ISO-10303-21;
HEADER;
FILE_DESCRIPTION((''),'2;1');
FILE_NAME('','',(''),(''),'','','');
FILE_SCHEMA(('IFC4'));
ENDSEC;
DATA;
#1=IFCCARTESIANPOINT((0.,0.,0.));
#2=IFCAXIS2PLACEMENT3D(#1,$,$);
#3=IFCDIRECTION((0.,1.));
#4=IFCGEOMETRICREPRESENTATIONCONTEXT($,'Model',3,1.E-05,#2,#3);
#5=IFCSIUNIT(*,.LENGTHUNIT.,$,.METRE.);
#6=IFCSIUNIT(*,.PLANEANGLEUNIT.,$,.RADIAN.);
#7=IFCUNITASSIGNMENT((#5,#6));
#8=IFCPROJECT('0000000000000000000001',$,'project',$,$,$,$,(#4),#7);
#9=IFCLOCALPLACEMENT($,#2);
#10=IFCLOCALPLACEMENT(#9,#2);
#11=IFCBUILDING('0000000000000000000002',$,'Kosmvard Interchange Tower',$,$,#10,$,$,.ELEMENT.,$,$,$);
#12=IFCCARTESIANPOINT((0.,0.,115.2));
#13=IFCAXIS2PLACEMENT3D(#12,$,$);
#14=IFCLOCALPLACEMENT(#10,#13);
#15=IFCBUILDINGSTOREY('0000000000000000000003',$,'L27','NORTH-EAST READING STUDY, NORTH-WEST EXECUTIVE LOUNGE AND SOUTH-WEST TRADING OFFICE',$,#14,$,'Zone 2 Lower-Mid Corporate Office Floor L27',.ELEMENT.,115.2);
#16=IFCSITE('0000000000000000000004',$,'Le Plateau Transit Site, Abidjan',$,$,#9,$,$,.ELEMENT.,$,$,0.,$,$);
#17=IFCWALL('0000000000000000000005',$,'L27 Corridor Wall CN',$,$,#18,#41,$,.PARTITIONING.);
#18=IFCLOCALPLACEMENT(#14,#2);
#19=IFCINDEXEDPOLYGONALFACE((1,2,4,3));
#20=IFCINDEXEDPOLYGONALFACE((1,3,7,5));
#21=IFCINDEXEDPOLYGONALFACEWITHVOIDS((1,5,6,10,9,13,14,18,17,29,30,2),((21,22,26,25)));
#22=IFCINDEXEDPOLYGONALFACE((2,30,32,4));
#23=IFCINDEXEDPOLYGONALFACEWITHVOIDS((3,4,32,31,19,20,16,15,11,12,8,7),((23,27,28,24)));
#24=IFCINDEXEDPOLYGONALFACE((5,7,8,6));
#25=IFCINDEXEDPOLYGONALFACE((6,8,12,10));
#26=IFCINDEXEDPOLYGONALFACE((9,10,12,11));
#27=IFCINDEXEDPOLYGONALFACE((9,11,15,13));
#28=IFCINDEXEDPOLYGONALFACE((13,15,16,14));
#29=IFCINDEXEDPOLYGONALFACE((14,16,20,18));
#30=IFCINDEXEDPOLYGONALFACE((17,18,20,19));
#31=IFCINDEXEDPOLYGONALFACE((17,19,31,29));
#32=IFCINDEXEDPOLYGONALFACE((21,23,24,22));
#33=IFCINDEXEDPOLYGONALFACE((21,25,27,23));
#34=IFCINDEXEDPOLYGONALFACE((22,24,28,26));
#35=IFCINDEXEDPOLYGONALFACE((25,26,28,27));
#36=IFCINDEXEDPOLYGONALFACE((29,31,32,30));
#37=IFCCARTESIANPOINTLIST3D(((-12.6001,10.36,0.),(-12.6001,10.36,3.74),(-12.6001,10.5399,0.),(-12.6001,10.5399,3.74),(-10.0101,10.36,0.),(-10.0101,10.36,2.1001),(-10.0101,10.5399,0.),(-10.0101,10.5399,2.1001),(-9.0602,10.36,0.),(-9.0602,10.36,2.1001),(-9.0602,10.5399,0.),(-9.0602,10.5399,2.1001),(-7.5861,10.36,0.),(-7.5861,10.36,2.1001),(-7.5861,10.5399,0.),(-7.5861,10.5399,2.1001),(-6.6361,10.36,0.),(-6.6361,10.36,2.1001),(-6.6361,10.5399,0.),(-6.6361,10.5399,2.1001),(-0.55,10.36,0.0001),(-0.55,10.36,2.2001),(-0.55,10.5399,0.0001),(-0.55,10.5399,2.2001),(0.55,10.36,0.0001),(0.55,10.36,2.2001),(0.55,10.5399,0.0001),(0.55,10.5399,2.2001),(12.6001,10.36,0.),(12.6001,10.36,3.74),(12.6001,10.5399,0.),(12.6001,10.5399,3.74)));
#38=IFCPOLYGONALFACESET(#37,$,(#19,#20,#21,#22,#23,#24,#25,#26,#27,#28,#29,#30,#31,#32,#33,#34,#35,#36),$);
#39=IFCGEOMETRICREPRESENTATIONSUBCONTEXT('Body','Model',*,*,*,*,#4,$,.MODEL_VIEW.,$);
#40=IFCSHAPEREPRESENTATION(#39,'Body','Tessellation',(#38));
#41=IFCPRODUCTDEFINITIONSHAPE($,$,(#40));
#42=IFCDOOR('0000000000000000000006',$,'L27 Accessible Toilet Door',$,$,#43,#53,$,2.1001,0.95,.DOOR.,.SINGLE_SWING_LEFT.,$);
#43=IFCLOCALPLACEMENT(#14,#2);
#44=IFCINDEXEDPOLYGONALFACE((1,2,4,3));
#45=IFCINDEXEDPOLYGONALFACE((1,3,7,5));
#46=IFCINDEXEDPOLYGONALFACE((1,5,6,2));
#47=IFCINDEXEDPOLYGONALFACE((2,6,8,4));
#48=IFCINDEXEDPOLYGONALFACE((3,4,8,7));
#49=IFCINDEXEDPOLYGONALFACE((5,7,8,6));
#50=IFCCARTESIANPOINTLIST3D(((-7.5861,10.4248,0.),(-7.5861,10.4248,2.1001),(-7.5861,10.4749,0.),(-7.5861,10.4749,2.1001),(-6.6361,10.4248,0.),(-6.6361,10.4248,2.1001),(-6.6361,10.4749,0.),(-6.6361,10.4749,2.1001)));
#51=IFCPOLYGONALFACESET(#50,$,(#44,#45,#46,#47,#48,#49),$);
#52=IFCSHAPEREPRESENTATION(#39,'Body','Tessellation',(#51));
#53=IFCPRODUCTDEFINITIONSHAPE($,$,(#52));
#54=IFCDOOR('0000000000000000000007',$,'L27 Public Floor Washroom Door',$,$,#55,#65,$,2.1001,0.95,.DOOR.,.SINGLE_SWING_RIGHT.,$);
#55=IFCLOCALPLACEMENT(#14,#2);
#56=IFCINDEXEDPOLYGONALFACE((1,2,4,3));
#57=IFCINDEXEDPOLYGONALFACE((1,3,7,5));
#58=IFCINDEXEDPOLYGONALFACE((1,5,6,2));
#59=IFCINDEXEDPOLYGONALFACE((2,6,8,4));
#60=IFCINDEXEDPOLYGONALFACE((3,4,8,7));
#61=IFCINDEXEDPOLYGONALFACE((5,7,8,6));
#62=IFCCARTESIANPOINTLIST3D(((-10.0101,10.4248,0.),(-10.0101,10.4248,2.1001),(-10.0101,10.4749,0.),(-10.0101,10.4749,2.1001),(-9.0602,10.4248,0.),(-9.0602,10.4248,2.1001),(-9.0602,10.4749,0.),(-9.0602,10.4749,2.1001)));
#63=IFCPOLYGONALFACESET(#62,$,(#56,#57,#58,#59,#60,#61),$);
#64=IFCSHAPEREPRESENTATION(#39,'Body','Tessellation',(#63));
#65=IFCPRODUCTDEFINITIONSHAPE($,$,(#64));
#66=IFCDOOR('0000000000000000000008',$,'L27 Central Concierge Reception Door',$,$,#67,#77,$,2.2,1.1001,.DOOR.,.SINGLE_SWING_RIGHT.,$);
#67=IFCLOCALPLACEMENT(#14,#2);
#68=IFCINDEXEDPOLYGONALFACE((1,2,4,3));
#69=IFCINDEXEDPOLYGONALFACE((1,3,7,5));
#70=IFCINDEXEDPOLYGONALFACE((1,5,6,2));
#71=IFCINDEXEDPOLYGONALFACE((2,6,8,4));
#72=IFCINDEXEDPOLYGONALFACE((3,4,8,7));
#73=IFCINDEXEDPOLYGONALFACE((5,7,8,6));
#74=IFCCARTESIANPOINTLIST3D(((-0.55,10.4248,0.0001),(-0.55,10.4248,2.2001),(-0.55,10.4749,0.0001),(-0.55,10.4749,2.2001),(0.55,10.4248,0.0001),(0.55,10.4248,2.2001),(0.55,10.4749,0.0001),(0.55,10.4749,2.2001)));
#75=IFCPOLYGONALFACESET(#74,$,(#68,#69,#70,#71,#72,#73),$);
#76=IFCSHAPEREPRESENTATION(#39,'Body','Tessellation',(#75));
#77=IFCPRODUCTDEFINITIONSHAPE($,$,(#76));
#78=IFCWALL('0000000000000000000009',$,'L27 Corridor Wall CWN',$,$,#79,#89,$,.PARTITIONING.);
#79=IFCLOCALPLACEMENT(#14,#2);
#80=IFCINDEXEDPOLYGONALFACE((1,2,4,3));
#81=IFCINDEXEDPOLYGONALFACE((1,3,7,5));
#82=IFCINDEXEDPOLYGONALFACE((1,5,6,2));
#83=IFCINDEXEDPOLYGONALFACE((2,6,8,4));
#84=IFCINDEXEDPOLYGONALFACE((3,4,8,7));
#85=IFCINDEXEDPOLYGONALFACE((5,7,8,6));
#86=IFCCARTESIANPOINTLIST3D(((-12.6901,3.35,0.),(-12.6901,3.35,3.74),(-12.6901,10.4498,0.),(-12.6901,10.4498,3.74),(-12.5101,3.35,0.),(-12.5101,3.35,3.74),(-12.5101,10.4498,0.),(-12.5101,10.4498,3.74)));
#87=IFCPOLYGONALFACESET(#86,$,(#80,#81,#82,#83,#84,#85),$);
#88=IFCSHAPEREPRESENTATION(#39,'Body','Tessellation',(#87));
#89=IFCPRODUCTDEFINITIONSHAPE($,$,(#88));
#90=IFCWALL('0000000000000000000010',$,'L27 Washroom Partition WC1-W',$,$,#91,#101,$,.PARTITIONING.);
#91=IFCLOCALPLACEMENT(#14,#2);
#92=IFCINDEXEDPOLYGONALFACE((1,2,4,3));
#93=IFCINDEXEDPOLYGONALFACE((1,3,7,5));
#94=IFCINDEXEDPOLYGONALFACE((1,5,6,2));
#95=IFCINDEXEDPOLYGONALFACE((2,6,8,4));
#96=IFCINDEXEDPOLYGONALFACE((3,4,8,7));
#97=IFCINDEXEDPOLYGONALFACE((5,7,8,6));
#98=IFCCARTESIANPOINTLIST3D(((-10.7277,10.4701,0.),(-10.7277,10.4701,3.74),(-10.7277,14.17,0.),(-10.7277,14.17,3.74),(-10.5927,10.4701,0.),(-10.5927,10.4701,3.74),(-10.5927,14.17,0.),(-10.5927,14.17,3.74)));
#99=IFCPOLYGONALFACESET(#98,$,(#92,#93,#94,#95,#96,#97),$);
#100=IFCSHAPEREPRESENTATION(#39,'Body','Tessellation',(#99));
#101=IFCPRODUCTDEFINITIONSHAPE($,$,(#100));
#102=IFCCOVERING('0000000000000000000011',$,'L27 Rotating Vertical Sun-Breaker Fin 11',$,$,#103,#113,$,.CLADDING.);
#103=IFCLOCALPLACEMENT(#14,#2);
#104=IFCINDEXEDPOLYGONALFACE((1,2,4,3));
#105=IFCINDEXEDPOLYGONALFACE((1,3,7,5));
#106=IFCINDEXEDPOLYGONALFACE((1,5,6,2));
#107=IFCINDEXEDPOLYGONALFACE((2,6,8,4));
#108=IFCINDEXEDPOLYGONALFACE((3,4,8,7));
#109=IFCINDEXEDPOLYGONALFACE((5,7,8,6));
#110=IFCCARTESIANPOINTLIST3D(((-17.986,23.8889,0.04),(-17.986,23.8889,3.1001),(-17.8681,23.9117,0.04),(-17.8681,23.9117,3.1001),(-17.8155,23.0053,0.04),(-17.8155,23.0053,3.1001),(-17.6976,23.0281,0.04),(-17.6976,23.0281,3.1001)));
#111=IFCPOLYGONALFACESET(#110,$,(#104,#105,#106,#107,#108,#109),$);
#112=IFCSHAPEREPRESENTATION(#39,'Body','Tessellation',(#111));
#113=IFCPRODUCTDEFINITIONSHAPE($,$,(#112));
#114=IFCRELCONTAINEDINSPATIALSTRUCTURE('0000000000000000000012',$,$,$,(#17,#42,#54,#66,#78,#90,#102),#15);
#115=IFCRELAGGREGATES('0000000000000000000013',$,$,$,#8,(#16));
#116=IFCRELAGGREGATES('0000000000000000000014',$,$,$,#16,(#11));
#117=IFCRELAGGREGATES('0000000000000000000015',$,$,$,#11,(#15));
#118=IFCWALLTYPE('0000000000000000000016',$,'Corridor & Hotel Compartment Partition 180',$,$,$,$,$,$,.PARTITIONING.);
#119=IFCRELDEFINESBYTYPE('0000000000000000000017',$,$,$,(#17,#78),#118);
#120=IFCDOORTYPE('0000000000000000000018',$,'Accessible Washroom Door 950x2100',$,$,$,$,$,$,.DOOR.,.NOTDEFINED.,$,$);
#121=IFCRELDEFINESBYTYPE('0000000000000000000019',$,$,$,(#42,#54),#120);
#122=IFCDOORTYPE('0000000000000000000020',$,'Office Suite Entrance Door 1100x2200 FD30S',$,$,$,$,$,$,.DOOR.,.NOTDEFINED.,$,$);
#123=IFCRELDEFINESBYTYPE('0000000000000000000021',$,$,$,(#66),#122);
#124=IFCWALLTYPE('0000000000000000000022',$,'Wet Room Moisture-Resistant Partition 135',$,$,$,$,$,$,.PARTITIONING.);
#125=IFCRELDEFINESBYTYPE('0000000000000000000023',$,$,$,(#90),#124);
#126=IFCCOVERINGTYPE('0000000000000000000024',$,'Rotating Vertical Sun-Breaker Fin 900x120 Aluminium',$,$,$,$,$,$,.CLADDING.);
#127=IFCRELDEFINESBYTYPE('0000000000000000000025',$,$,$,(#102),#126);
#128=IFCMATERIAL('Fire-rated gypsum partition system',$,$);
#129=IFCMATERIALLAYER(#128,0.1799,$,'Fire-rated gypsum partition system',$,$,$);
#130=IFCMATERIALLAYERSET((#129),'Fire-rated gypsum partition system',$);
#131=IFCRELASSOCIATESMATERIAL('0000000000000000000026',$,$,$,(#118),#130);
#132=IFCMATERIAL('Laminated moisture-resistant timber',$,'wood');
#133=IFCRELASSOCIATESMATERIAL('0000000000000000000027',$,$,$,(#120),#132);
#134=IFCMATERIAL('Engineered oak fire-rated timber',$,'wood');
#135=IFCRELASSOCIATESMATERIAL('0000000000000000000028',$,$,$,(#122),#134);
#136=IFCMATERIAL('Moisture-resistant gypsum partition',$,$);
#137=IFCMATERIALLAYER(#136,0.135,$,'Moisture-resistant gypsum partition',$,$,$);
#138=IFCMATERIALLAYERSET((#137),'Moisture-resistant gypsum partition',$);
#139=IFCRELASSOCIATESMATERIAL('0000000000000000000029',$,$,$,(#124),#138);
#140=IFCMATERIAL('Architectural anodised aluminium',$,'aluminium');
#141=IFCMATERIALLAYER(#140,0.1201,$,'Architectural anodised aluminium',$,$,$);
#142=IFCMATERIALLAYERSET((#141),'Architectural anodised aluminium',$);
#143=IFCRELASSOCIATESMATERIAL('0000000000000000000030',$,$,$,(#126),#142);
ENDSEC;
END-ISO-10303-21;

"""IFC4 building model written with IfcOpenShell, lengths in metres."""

from ifc_helpers import new_model, si_unit, direction, frame, frame_2d, origin, origin_2d, place, context, subcontext, project, spatial, rectangle, extrude, source, transform, mapped, material, layer, layer_set, type_object, element, fill, save


model = new_model("IFC4")

# Units and contexts
model_context = context("Model", 3, precision=1e-05, world=origin(), true_north=direction((0.0, 1.0)))
body_context = subcontext(model_context, "Body", "Model", "MODEL_VIEW")
ifc_project = project(units=[si_unit("LENGTHUNIT", "METRE"), si_unit("PLANEANGLEUNIT", "RADIAN")], contexts=[model_context])

# Site, building, storey
site_placement = place(None, origin())
site = spatial("IfcSite", under=ifc_project, at=site_placement, Name="Le Plateau Transit Site, Abidjan", CompositionType="ELEMENT", RefElevation=0.0)
building_placement = place(site_placement, origin())
building = spatial("IfcBuilding", under=site, at=building_placement, Name="Kosmvard Interchange Tower", CompositionType="ELEMENT")
storey_placement = place(building_placement, frame((0.0, 0.0, 115.2)))
storey = spatial("IfcBuildingStorey", under=building, at=storey_placement, Name="L27", Description="NORTH-EAST READING STUDY, NORTH-WEST EXECUTIVE LOUNGE AND SOUTH-WEST TRADING OFFICE", LongName="Zone 2 Lower-Mid Corporate Office Floor L27", CompositionType="ELEMENT", Elevation=115.2)

# Wall, openings, doors
ifc_material_1 = material(Name="Fire-rated gypsum partition system")
ifc_layer_1 = layer(ifc_material_1, 0.1799, Name="Fire-rated gypsum partition system")
ifc_layer_set_1 = layer_set([ifc_layer_1], Name="Fire-rated gypsum partition system")
wall_type_1 = type_object("IfcWallType", Name="Corridor & Hotel Compartment Partition 180", PredefinedType="PARTITIONING", material=ifc_layer_set_1)
wall_1_placement = place(storey_placement, frame((-12.6001, 10.45, 0.0), z_axis=(0.0, 0.0, 1.0), x_axis=(1.0, 0.0, 0.0)))
wall_1 = element("IfcWall", 1, at=wall_1_placement, inside=storey, type_object=wall_type_1, Name="L27 Corridor Wall CN", PredefinedType="PARTITIONING", context=body_context, shape_type="SweptSolid", body=[
    extrude(rectangle(XDim=25.2002, YDim=0.1799, at=frame_2d((12.6001, 0.0))), origin(), (0.0, 0.0, 1.0), 3.74),
])
opening_1_placement = place(wall_1_placement, frame((5.0139, 0.0, 0.0)))
opening_1 = element("IfcOpeningElement", 2, at=opening_1_placement, cuts=wall_1, PredefinedType="OPENING", context=body_context, shape_type="SweptSolid", body=[
    extrude(rectangle(XDim=0.95, YDim=2.1001, at=frame_2d((0.4751, 1.05))), frame((0.0, 0.1001, 0.0), z_axis=(0.0, -1.0, 0.0), x_axis=(1.0, 0.0, 0.0)), (0.0, 0.0, 1.0), 0.2),
])
opening_2_placement = place(wall_1_placement, frame((2.5898, 0.0, 0.0)))
opening_2 = element("IfcOpeningElement", 3, at=opening_2_placement, cuts=wall_1, PredefinedType="OPENING", context=body_context, shape_type="SweptSolid", body=[
    extrude(rectangle(XDim=0.95, YDim=2.1001, at=frame_2d((0.4751, 1.05))), frame((0.0, 0.1001, 0.0), z_axis=(0.0, -1.0, 0.0), x_axis=(1.0, 0.0, 0.0)), (0.0, 0.0, 1.0), 0.2),
])
opening_3_placement = place(wall_1_placement, frame((12.05, 0.0, 0.0)))
opening_3 = element("IfcOpeningElement", 4, at=opening_3_placement, cuts=wall_1, PredefinedType="OPENING", context=body_context, shape_type="SweptSolid", body=[
    extrude(rectangle(XDim=1.1001, YDim=2.2, at=frame_2d((0.55, 1.1001))), frame((0.0, 0.1001, 0.0), z_axis=(0.0, -1.0, 0.0), x_axis=(1.0, 0.0, 0.0)), (0.0, 0.0, 1.0), 0.2),
])
ifc_material_2 = material(Name="Laminated moisture-resistant timber", Category="wood")
door_type_1 = type_object("IfcDoorType", Name="Accessible Washroom Door 950x2100", OperationType="NOTDEFINED", PredefinedType="DOOR", material=ifc_material_2)
shared_shape_1 = source(origin(), body_context, "Body", "SweptSolid", [
    extrude(rectangle(XDim=0.95, YDim=2.1001, at=frame_2d((0.4751, 1.05))), frame((0.0, 0.0249, 0.0), z_axis=(0.0, -1.0, 0.0), x_axis=(1.0, 0.0, 0.0)), (0.0, 0.0, 1.0), 0.05),
])
door_1_placement = place(opening_1_placement, origin())
door_1 = element("IfcDoor", 5, at=door_1_placement, inside=storey, type_object=door_type_1, Name="L27 Accessible Toilet Door", OperationType="SINGLE_SWING_LEFT", OverallHeight=2.1001, OverallWidth=0.95, PredefinedType="DOOR", context=body_context, shape_type="MappedRepresentation", body=[
    mapped(shared_shape_1, transform((0.0, 0.0, 0.0), scale=1.0)),
])
fill(opening_1, door_1)
door_2_placement = place(opening_2_placement, origin())
door_2 = element("IfcDoor", 6, at=door_2_placement, inside=storey, type_object=door_type_1, Name="L27 Public Floor Washroom Door", OperationType="SINGLE_SWING_RIGHT", OverallHeight=2.1001, OverallWidth=0.95, PredefinedType="DOOR", context=body_context, shape_type="MappedRepresentation", body=[
    mapped(shared_shape_1, transform((0.0, 0.0, 0.0), scale=1.0)),
])
fill(opening_2, door_2)
ifc_material_3 = material(Name="Engineered oak fire-rated timber", Category="wood")
door_type_2 = type_object("IfcDoorType", Name="Office Suite Entrance Door 1100x2200 FD30S", OperationType="NOTDEFINED", PredefinedType="DOOR", material=ifc_material_3)
shared_shape_2 = source(origin(), body_context, "Body", "SweptSolid", [
    extrude(rectangle(XDim=1.1001, YDim=2.2, at=frame_2d((0.55, 1.1001))), frame((0.0, 0.0249, 0.0), z_axis=(0.0, -1.0, 0.0), x_axis=(1.0, 0.0, 0.0)), (0.0, 0.0, 1.0), 0.05),
])
door_3_placement = place(opening_3_placement, origin())
door_3 = element("IfcDoor", 7, at=door_3_placement, inside=storey, type_object=door_type_2, Name="L27 Central Concierge Reception Door", OperationType="SINGLE_SWING_RIGHT", OverallHeight=2.2, OverallWidth=1.1001, PredefinedType="DOOR", context=body_context, shape_type="MappedRepresentation", body=[
    mapped(shared_shape_2, transform((0.0, 0.0, 0.0), scale=1.0)),
])
fill(opening_3, door_3)

# Walls
wall_2_placement = place(storey_placement, frame((-12.6001, 3.3501, 0.0), z_axis=(0.0, 0.0, 1.0), x_axis=(0.0, 1.0, 0.0)))
element("IfcWall", 8, at=wall_2_placement, inside=storey, type_object=wall_type_1, Name="L27 Corridor Wall CWN", PredefinedType="PARTITIONING", context=body_context, shape_type="SweptSolid", body=[
    extrude(rectangle(XDim=7.0999, YDim=0.1799, at=frame_2d((3.5498, 0.0))), origin(), (0.0, 0.0, 1.0), 3.74),
])
ifc_material_4 = material(Name="Moisture-resistant gypsum partition")
ifc_layer_2 = layer(ifc_material_4, 0.135, Name="Moisture-resistant gypsum partition")
ifc_layer_set_2 = layer_set([ifc_layer_2], Name="Moisture-resistant gypsum partition")
wall_type_2 = type_object("IfcWallType", Name="Wet Room Moisture-Resistant Partition 135", PredefinedType="PARTITIONING", material=ifc_layer_set_2)
wall_3_placement = place(storey_placement, frame((-10.6602, 10.47, 0.0), z_axis=(0.0, 0.0, 1.0), x_axis=(0.0, 1.0, 0.0)))
element("IfcWall", 9, at=wall_3_placement, inside=storey, type_object=wall_type_2, Name="L27 Washroom Partition WC1-W", PredefinedType="PARTITIONING", context=body_context, shape_type="SweptSolid", body=[
    extrude(rectangle(XDim=3.7, YDim=0.135, at=frame_2d((1.8501, 0.0))), origin(), (0.0, 0.0, 1.0), 3.74),
])

# Covering
ifc_material_5 = material(Name="Architectural anodised aluminium", Category="aluminium")
ifc_layer_3 = layer(ifc_material_5, 0.1201, Name="Architectural anodised aluminium")
ifc_layer_set_3 = layer_set([ifc_layer_3], Name="Architectural anodised aluminium")
covering_type = type_object("IfcCoveringType", Name="Rotating Vertical Sun-Breaker Fin 900x120 Aluminium", PredefinedType="CLADDING", material=ifc_layer_set_3)
shared_shape_3 = source(origin(), body_context, "Body", "SweptSolid", [
    extrude(rectangle(XDim=0.8999, YDim=0.1201, at=origin_2d()), origin(), (0.0, 0.0, 1.0), 3.0601),
])
covering_placement = place(storey_placement, frame((-17.8418, 23.4585, 0.04), z_axis=(0.0, 0.0, 1.0), x_axis=(-0.189438, 0.981893, 0.0)))
element("IfcCovering", 10, at=covering_placement, inside=storey, type_object=covering_type, Name="L27 Rotating Vertical Sun-Breaker Fin 11", PredefinedType="CLADDING", context=body_context, shape_type="MappedRepresentation", body=[
    mapped(shared_shape_3, transform((0.0, 0.0, 0.0), scale=1.0)),
])

save(model, "model.ifc")
